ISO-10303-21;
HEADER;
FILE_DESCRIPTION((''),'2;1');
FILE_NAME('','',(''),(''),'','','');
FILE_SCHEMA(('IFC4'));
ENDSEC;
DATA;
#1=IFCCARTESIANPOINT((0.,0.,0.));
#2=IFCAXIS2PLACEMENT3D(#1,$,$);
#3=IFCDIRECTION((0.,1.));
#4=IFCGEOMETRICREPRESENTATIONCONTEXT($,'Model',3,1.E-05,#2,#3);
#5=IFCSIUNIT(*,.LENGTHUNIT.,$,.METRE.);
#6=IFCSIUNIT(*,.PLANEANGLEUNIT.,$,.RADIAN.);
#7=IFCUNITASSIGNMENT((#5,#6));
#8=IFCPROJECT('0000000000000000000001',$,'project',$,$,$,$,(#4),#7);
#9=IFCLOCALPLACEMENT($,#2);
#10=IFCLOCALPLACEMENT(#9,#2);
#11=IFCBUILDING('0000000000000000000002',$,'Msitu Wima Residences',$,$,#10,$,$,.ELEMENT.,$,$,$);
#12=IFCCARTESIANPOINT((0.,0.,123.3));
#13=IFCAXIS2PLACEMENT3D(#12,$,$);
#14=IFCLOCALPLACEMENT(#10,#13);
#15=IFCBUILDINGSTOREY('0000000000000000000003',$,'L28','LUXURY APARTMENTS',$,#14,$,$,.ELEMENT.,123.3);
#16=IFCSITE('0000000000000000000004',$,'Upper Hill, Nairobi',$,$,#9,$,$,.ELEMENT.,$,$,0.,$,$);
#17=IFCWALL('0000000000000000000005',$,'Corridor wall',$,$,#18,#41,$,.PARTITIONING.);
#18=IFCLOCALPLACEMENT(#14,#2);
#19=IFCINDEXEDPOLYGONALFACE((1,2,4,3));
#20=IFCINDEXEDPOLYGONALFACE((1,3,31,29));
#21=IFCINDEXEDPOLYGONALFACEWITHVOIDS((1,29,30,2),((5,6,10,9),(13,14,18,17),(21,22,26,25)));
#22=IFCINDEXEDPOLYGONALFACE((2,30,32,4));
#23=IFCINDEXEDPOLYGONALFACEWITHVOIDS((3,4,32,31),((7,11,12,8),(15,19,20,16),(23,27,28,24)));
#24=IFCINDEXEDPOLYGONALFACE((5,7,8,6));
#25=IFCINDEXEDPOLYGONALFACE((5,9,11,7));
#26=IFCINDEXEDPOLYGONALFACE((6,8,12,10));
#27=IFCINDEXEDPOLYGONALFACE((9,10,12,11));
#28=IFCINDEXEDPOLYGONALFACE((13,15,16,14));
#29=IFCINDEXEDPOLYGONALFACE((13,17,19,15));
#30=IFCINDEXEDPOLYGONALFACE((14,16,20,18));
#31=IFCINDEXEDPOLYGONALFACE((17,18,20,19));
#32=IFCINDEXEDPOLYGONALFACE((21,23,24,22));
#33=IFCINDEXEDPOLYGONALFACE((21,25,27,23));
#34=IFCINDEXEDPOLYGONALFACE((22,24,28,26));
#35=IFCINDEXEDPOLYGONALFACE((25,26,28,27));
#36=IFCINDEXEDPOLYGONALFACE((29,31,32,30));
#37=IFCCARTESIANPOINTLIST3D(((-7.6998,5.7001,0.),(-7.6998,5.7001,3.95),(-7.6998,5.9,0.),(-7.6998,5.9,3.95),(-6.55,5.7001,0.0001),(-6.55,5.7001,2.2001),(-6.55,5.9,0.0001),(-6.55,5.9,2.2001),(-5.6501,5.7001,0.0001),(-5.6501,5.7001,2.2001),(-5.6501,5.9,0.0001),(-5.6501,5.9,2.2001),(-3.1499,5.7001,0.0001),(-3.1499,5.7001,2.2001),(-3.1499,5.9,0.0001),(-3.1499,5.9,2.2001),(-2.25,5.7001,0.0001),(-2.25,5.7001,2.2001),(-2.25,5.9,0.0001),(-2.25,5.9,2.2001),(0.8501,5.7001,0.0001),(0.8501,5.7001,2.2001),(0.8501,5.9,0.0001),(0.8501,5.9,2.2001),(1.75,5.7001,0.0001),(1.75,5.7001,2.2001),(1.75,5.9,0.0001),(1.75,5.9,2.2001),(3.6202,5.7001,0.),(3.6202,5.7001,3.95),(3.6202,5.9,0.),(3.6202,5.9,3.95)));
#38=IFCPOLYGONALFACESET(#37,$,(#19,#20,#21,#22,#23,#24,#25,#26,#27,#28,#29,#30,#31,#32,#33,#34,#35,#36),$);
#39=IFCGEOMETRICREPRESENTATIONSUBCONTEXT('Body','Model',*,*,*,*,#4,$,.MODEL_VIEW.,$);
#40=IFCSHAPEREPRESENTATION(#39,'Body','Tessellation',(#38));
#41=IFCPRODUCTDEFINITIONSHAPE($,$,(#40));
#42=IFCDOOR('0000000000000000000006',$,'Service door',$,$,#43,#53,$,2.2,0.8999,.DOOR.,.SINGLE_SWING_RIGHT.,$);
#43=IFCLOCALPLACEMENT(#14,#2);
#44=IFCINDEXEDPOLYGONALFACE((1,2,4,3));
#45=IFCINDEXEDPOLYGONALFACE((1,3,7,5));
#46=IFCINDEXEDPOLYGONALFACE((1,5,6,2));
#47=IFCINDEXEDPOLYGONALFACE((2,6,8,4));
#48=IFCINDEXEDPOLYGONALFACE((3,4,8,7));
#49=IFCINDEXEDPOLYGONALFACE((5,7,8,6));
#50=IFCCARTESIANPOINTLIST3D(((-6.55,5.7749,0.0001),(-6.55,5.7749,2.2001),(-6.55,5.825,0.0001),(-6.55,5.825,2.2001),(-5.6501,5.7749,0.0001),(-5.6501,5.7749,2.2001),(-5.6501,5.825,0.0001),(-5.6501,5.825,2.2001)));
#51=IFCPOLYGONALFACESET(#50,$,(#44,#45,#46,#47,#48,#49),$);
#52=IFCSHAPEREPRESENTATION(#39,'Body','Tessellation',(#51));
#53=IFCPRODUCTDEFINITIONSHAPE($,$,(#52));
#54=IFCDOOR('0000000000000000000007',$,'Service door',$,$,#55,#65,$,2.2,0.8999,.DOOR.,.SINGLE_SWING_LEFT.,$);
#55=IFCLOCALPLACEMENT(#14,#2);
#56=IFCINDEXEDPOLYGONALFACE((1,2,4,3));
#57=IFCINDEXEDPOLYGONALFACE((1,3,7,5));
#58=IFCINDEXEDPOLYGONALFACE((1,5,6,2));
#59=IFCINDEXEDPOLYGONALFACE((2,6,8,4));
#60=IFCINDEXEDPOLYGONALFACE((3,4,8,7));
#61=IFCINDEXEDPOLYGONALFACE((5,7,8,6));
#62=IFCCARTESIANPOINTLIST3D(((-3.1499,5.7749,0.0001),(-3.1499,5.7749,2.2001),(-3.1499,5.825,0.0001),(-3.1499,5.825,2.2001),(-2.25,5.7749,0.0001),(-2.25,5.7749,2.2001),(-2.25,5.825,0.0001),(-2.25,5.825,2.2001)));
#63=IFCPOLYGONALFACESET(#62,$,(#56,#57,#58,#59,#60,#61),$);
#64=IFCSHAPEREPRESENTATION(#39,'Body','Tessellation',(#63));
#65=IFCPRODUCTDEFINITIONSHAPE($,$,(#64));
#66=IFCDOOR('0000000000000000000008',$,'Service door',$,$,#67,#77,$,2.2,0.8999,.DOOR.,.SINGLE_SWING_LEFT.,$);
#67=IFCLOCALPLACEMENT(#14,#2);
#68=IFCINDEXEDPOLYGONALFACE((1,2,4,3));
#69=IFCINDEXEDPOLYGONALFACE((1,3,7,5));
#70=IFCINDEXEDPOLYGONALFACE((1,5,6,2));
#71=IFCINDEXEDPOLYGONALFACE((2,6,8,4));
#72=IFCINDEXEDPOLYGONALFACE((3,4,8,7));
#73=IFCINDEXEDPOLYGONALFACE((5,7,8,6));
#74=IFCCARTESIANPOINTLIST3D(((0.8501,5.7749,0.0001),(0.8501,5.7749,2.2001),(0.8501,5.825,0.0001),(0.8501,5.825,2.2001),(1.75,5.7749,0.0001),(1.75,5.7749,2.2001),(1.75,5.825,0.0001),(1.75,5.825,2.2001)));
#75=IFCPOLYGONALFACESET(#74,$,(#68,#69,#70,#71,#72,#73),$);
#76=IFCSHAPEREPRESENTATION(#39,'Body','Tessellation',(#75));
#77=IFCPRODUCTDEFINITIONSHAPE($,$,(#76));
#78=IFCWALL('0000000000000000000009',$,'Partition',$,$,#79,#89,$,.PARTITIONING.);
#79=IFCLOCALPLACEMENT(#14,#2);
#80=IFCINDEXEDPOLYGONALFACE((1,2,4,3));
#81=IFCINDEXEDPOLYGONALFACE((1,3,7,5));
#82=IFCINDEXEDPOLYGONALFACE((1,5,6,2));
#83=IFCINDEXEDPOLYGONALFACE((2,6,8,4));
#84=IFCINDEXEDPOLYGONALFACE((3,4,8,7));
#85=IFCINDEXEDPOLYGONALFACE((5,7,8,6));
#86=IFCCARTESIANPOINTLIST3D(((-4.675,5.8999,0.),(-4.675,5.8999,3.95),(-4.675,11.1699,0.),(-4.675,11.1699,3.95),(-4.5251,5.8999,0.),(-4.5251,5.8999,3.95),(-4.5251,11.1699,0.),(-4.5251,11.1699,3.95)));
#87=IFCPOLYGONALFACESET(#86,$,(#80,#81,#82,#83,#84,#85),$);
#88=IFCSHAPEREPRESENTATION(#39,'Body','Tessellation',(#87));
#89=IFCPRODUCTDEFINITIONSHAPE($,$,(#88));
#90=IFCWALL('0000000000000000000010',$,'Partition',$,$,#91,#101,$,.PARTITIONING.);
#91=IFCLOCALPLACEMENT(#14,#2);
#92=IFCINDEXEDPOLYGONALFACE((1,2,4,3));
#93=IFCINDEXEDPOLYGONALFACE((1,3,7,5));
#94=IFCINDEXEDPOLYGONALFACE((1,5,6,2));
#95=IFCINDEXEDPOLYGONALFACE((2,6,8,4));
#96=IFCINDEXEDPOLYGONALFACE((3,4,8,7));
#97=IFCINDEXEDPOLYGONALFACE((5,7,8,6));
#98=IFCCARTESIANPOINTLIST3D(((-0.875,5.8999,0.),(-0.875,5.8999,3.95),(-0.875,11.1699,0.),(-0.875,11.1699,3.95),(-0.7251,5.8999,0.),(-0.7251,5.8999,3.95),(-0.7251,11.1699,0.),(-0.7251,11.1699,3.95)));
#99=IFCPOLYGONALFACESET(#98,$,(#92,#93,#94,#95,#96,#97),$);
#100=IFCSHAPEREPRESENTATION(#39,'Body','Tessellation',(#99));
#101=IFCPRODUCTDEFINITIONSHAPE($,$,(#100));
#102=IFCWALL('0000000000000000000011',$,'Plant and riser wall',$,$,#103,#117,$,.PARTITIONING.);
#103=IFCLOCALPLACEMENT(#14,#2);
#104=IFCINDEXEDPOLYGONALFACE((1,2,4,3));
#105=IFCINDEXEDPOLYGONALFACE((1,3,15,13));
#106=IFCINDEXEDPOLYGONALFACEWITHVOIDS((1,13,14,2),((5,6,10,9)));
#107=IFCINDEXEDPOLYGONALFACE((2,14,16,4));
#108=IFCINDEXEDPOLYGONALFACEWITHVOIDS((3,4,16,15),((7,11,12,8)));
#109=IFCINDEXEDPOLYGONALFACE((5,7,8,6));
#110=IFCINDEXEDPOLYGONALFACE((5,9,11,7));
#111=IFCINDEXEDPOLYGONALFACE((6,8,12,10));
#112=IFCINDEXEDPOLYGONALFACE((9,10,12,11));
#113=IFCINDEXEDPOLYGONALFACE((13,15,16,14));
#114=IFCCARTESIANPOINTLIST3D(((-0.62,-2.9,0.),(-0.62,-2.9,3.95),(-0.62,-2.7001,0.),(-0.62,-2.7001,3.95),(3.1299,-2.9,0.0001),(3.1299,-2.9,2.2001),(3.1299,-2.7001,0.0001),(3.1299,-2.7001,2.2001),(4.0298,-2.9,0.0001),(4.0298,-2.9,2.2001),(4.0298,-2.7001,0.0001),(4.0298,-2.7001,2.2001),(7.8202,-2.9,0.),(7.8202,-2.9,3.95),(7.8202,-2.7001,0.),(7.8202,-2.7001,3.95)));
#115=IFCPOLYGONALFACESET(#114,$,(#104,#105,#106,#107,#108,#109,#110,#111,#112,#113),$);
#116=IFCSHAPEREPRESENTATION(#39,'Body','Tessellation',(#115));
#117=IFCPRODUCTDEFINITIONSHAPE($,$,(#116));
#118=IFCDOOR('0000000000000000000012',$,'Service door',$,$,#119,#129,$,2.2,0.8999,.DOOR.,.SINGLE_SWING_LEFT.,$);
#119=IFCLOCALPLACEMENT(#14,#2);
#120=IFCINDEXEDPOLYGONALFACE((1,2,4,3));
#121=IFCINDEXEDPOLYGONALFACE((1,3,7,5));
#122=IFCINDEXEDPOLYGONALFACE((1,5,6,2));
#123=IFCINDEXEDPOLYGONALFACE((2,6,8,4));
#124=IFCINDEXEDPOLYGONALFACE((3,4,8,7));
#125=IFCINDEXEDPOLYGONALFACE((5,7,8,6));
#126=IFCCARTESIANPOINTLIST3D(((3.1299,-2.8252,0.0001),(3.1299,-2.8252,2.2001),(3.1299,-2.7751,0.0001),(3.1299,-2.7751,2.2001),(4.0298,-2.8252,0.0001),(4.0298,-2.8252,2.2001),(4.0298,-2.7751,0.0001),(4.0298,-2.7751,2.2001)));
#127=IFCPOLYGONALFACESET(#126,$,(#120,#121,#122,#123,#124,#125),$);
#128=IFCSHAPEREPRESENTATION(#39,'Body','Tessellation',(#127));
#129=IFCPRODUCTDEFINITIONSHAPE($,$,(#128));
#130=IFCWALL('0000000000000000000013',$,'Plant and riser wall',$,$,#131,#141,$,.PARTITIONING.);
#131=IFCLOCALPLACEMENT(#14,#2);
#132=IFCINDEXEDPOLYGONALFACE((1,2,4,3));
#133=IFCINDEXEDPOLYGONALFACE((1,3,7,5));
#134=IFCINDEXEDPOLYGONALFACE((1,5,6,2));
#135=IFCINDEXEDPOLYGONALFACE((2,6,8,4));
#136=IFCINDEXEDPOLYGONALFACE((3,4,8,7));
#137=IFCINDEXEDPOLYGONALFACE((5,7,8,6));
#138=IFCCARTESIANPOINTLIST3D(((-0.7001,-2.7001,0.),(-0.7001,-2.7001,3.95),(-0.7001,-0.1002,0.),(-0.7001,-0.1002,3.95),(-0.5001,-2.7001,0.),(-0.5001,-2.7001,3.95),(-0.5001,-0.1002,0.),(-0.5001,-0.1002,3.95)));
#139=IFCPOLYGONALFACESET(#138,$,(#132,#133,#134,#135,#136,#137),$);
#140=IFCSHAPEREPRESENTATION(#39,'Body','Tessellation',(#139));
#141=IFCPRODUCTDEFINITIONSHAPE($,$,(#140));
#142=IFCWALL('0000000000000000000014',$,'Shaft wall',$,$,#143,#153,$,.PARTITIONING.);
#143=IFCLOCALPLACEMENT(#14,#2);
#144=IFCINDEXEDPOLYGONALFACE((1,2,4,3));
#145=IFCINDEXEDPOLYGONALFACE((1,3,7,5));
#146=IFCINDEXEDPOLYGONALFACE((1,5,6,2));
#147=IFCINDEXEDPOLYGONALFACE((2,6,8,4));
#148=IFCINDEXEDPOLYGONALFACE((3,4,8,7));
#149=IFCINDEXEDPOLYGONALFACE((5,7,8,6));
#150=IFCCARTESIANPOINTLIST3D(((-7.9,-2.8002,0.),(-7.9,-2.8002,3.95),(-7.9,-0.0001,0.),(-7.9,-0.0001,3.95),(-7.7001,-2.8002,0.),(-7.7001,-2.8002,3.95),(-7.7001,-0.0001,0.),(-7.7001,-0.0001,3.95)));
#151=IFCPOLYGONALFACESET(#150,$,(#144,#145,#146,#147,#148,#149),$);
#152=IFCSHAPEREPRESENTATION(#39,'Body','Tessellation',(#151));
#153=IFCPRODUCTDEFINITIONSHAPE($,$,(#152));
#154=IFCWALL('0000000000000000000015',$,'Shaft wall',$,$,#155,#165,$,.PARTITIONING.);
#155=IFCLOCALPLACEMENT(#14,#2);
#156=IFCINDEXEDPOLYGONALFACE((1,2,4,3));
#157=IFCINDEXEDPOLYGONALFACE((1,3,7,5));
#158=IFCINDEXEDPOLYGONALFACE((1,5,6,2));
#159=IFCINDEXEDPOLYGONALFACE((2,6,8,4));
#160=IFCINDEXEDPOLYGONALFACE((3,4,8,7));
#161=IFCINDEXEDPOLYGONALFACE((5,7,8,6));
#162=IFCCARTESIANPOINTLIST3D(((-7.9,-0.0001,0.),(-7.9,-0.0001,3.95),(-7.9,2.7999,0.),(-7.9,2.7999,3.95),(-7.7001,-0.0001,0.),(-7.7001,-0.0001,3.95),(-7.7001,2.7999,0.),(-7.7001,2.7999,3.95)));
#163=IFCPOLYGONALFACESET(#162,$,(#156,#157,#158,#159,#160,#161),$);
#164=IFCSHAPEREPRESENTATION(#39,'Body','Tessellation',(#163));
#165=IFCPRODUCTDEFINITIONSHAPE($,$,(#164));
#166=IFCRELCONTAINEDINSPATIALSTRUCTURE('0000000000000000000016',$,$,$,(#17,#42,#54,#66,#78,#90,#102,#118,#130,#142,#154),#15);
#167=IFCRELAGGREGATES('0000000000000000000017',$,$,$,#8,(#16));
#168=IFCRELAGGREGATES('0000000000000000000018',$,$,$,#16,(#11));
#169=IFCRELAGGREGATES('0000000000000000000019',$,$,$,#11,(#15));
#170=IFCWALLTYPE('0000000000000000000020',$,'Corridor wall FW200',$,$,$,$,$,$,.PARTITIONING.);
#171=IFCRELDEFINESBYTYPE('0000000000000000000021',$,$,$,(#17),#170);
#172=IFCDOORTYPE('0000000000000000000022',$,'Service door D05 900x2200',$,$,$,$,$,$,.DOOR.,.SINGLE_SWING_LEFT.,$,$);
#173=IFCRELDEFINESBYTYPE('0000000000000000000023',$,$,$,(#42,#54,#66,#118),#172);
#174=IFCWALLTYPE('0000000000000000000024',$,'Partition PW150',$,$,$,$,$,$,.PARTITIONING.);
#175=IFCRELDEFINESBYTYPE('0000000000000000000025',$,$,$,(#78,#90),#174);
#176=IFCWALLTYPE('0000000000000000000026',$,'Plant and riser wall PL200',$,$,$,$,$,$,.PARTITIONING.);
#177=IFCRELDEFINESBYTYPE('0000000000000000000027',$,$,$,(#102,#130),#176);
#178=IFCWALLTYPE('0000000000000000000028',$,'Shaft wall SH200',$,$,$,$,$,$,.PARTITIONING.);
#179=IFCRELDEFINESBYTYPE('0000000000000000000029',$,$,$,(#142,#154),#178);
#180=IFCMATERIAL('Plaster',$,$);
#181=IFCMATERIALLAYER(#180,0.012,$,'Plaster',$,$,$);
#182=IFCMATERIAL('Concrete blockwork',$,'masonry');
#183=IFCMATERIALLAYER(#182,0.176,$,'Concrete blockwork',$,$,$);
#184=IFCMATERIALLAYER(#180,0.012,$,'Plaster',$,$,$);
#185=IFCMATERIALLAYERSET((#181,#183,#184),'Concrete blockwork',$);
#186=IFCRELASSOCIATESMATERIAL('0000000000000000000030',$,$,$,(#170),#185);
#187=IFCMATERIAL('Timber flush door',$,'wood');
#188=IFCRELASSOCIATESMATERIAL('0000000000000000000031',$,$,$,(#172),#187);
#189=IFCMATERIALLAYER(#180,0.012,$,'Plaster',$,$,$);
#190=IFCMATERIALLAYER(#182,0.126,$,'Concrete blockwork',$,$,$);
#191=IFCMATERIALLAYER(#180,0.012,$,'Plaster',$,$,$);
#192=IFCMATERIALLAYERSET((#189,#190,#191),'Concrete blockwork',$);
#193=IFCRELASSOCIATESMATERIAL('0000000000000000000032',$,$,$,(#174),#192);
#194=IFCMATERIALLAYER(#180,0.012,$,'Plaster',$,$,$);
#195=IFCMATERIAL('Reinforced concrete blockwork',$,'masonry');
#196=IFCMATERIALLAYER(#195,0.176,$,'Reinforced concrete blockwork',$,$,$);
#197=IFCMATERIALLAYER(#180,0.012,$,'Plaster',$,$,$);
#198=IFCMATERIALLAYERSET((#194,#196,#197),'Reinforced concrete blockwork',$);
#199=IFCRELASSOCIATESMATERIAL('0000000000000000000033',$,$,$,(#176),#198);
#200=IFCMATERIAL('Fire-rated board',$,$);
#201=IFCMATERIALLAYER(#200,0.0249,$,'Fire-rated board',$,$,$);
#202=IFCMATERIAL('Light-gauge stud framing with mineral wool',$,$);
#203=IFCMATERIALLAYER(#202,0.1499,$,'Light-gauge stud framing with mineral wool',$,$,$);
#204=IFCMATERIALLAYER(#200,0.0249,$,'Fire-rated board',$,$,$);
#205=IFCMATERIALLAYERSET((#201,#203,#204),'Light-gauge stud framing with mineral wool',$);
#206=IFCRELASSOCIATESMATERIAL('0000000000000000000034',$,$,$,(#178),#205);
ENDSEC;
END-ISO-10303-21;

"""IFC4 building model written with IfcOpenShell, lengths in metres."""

from ifc_helpers import new_model, si_unit, direction, frame, frame_2d, origin, place, context, subcontext, project, spatial, rectangle, extrude, material, layer, layer_set, type_object, element, fill, save


model = new_model("IFC4")

# Units and contexts
model_context = context("Model", 3, precision=1e-05, world=origin(), true_north=direction((0.0, 1.0)))
body_context = subcontext(model_context, "Body", "Model", "MODEL_VIEW")
ifc_project = project(units=[si_unit("LENGTHUNIT", "METRE"), si_unit("PLANEANGLEUNIT", "RADIAN")], contexts=[model_context])

# Site, building, storey
site_placement = place(None, origin())
site = spatial("IfcSite", under=ifc_project, at=site_placement, Name="Upper Hill, Nairobi", CompositionType="ELEMENT", RefElevation=0.0)
building_placement = place(site_placement, origin())
building = spatial("IfcBuilding", under=site, at=building_placement, Name="Msitu Wima Residences", CompositionType="ELEMENT")
storey_placement = place(building_placement, frame((0.0, 0.0, 123.3)))
storey = spatial("IfcBuildingStorey", under=building, at=storey_placement, Name="L28", Description="LUXURY APARTMENTS", CompositionType="ELEMENT", Elevation=123.3)

# Shared definitions
ifc_material_1 = material(Name="Plaster")
ifc_layer_1 = layer(ifc_material_1, 0.012, Name="Plaster")
ifc_material_2 = material(Name="Concrete blockwork", Category="masonry")
ifc_layer_2 = layer(ifc_material_2, 0.176, Name="Concrete blockwork")
ifc_layer_3 = layer(ifc_material_1, 0.012, Name="Plaster")
ifc_layer_set_1 = layer_set([ifc_layer_1, ifc_layer_2, ifc_layer_3], Name="Concrete blockwork")
wall_type_1 = type_object("IfcWallType", Name="Corridor wall FW200", PredefinedType="PARTITIONING", material=ifc_layer_set_1)
ifc_material_3 = material(Name="Timber flush door", Category="wood")
door_type_1 = type_object("IfcDoorType", Name="Service door D05 900x2200", OperationType="SINGLE_SWING_LEFT", PredefinedType="DOOR", material=ifc_material_3)

# Wall, openings, doors
wall_1_placement = place(storey_placement, frame((-7.7, 5.8, 0.0), z_axis=(0.0, 0.0, 1.0), x_axis=(1.0, 0.0, 0.0)))
wall_1 = element("IfcWall", 1, at=wall_1_placement, inside=storey, type_object=wall_type_1, Name="Corridor wall", PredefinedType="PARTITIONING", context=body_context, shape_type="SweptSolid", body=[
    extrude(rectangle(XDim=11.3201, YDim=0.2, at=frame_2d((5.6602, 0.0))), origin(), (0.0, 0.0, 1.0), 3.95),
])
opening_1_placement = place(wall_1_placement, frame((1.1499, 0.0, 0.0)))
opening_1 = element("IfcOpeningElement", 2, at=opening_1_placement, cuts=wall_1, PredefinedType="OPENING", context=body_context, shape_type="SweptSolid", body=[
    extrude(rectangle(XDim=0.8999, YDim=2.2, at=frame_2d((0.45, 1.1001))), frame((0.0, 0.1099, 0.0), z_axis=(0.0, -1.0, 0.0), x_axis=(1.0, 0.0, 0.0)), (0.0, 0.0, 1.0), 0.22),
])
opening_2_placement = place(wall_1_placement, frame((4.55, 0.0, 0.0)))
opening_2 = element("IfcOpeningElement", 3, at=opening_2_placement, cuts=wall_1, PredefinedType="OPENING", context=body_context, shape_type="SweptSolid", body=[
    extrude(rectangle(XDim=0.8999, YDim=2.2, at=frame_2d((0.45, 1.1001))), frame((0.0, 0.1099, 0.0), z_axis=(0.0, -1.0, 0.0), x_axis=(1.0, 0.0, 0.0)), (0.0, 0.0, 1.0), 0.22),
])
opening_3_placement = place(wall_1_placement, frame((8.55, 0.0, 0.0)))
opening_3 = element("IfcOpeningElement", 4, at=opening_3_placement, cuts=wall_1, PredefinedType="OPENING", context=body_context, shape_type="SweptSolid", body=[
    extrude(rectangle(XDim=0.8999, YDim=2.2, at=frame_2d((0.45, 1.1001))), frame((0.0, 0.1099, 0.0), z_axis=(0.0, -1.0, 0.0), x_axis=(1.0, 0.0, 0.0)), (0.0, 0.0, 1.0), 0.22),
])
door_1_placement = place(opening_1_placement, origin())
door_1 = element("IfcDoor", 5, at=door_1_placement, inside=storey, type_object=door_type_1, Name="Service door", OperationType="SINGLE_SWING_RIGHT", OverallHeight=2.2, OverallWidth=0.8999, PredefinedType="DOOR", context=body_context, shape_type="SweptSolid", body=[
    extrude(rectangle(XDim=0.8999, YDim=2.2, at=frame_2d((0.45, 1.1001))), frame((0.0, 0.0249, 0.0), z_axis=(0.0, -1.0, 0.0), x_axis=(1.0, 0.0, 0.0)), (0.0, 0.0, 1.0), 0.05),
])
fill(opening_1, door_1)
door_2_placement = place(opening_2_placement, origin())
door_2 = element("IfcDoor", 6, at=door_2_placement, inside=storey, type_object=door_type_1, Name="Service door", OperationType="SINGLE_SWING_LEFT", OverallHeight=2.2, OverallWidth=0.8999, PredefinedType="DOOR", context=body_context, shape_type="SweptSolid", body=[
    extrude(rectangle(XDim=0.8999, YDim=2.2, at=frame_2d((0.45, 1.1001))), frame((0.0, 0.0249, 0.0), z_axis=(0.0, -1.0, 0.0), x_axis=(1.0, 0.0, 0.0)), (0.0, 0.0, 1.0), 0.05),
])
fill(opening_2, door_2)
door_3_placement = place(opening_3_placement, origin())
door_3 = element("IfcDoor", 7, at=door_3_placement, inside=storey, type_object=door_type_1, Name="Service door", OperationType="SINGLE_SWING_LEFT", OverallHeight=2.2, OverallWidth=0.8999, PredefinedType="DOOR", context=body_context, shape_type="SweptSolid", body=[
    extrude(rectangle(XDim=0.8999, YDim=2.2, at=frame_2d((0.45, 1.1001))), frame((0.0, 0.0249, 0.0), z_axis=(0.0, -1.0, 0.0), x_axis=(1.0, 0.0, 0.0)), (0.0, 0.0, 1.0), 0.05),
])
fill(opening_3, door_3)

# Walls
ifc_layer_4 = layer(ifc_material_1, 0.012, Name="Plaster")
ifc_layer_5 = layer(ifc_material_2, 0.126, Name="Concrete blockwork")
ifc_layer_6 = layer(ifc_material_1, 0.012, Name="Plaster")
ifc_layer_set_2 = layer_set([ifc_layer_4, ifc_layer_5, ifc_layer_6], Name="Concrete blockwork")
wall_type_2 = type_object("IfcWallType", Name="Partition PW150", PredefinedType="PARTITIONING", material=ifc_layer_set_2)
for number, where, z_axis, x_axis, name in (
    (8, (-4.6001, 5.8999, 0.0), (0.0, 0.0, 1.0), (0.0, 1.0, 0.0), "Partition"),
    (9, (-0.8, 5.8999, 0.0), (0.0, 0.0, 1.0), (0.0, 1.0, 0.0), "Partition"),
):
    element("IfcWall", number, at=place(storey_placement, frame(where, z_axis=z_axis, x_axis=x_axis)), inside=storey, type_object=wall_type_2, Name=name, PredefinedType="PARTITIONING", context=body_context, shape_type="SweptSolid", body=[
        extrude(rectangle(XDim=5.27, YDim=0.1499, at=frame_2d((2.635, 0.0))), origin(), (0.0, 0.0, 1.0), 3.95),
    ])

# Wall, opening, door
ifc_layer_7 = layer(ifc_material_1, 0.012, Name="Plaster")
ifc_material_4 = material(Name="Reinforced concrete blockwork", Category="masonry")
ifc_layer_8 = layer(ifc_material_4, 0.176, Name="Reinforced concrete blockwork")
ifc_layer_9 = layer(ifc_material_1, 0.012, Name="Plaster")
ifc_layer_set_3 = layer_set([ifc_layer_7, ifc_layer_8, ifc_layer_9], Name="Reinforced concrete blockwork")
wall_type_3 = type_object("IfcWallType", Name="Plant and riser wall PL200", PredefinedType="PARTITIONING", material=ifc_layer_set_3)
wall_2_placement = place(storey_placement, frame((-0.6201, -2.8, 0.0), z_axis=(0.0, 0.0, 1.0), x_axis=(1.0, 0.0, 0.0)))
wall_2 = element("IfcWall", 10, at=wall_2_placement, inside=storey, type_object=wall_type_3, Name="Plant and riser wall", PredefinedType="PARTITIONING", context=body_context, shape_type="SweptSolid", body=[
    extrude(rectangle(XDim=8.4402, YDim=0.2, at=frame_2d((4.2202, 0.0))), origin(), (0.0, 0.0, 1.0), 3.95),
])
opening_4_placement = place(wall_2_placement, frame((3.75, 0.0, 0.0)))
opening_4 = element("IfcOpeningElement", 11, at=opening_4_placement, cuts=wall_2, PredefinedType="OPENING", context=body_context, shape_type="SweptSolid", body=[
    extrude(rectangle(XDim=0.8999, YDim=2.2, at=frame_2d((0.45, 1.1001))), frame((0.0, 0.1099, 0.0), z_axis=(0.0, -1.0, 0.0), x_axis=(1.0, 0.0, 0.0)), (0.0, 0.0, 1.0), 0.22),
])
door_4_placement = place(opening_4_placement, origin())
door_4 = element("IfcDoor", 12, at=door_4_placement, inside=storey, type_object=door_type_1, Name="Service door", OperationType="SINGLE_SWING_LEFT", OverallHeight=2.2, OverallWidth=0.8999, PredefinedType="DOOR", context=body_context, shape_type="SweptSolid", body=[
    extrude(rectangle(XDim=0.8999, YDim=2.2, at=frame_2d((0.45, 1.1001))), frame((0.0, 0.0249, 0.0), z_axis=(0.0, -1.0, 0.0), x_axis=(1.0, 0.0, 0.0)), (0.0, 0.0, 1.0), 0.05),
])
fill(opening_4, door_4)

# Walls
wall_3_placement = place(storey_placement, frame((-0.6001, -2.7, 0.0), z_axis=(0.0, 0.0, 1.0), x_axis=(0.0, 1.0, 0.0)))
element("IfcWall", 13, at=wall_3_placement, inside=storey, type_object=wall_type_3, Name="Plant and riser wall", PredefinedType="PARTITIONING", context=body_context, shape_type="SweptSolid", body=[
    extrude(rectangle(XDim=2.5999, YDim=0.2, at=frame_2d((1.2998, 0.0))), origin(), (0.0, 0.0, 1.0), 3.95),
])
ifc_material_5 = material(Name="Fire-rated board")
ifc_layer_10 = layer(ifc_material_5, 0.0249, Name="Fire-rated board")
ifc_material_6 = material(Name="Light-gauge stud framing with mineral wool")
ifc_layer_11 = layer(ifc_material_6, 0.1499, Name="Light-gauge stud framing with mineral wool")
ifc_layer_12 = layer(ifc_material_5, 0.0249, Name="Fire-rated board")
ifc_layer_set_4 = layer_set([ifc_layer_10, ifc_layer_11, ifc_layer_12], Name="Light-gauge stud framing with mineral wool")
wall_type_4 = type_object("IfcWallType", Name="Shaft wall SH200", PredefinedType="PARTITIONING", material=ifc_layer_set_4)
for number, where, z_axis, x_axis, name in (
    (14, (-7.8, -2.8, 0.0), (0.0, 0.0, 1.0), (0.0, 1.0, 0.0), "Shaft wall"),
    (15, (-7.8, 0.0, 0.0), (0.0, 0.0, 1.0), (0.0, 1.0, 0.0), "Shaft wall"),
):
    element("IfcWall", number, at=place(storey_placement, frame(where, z_axis=z_axis, x_axis=x_axis)), inside=storey, type_object=wall_type_4, Name=name, PredefinedType="PARTITIONING", context=body_context, shape_type="SweptSolid", body=[
        extrude(rectangle(XDim=2.8, YDim=0.2, at=frame_2d((1.3999, 0.0))), origin(), (0.0, 0.0, 1.0), 3.95),
    ])

save(model, "model.ifc")
